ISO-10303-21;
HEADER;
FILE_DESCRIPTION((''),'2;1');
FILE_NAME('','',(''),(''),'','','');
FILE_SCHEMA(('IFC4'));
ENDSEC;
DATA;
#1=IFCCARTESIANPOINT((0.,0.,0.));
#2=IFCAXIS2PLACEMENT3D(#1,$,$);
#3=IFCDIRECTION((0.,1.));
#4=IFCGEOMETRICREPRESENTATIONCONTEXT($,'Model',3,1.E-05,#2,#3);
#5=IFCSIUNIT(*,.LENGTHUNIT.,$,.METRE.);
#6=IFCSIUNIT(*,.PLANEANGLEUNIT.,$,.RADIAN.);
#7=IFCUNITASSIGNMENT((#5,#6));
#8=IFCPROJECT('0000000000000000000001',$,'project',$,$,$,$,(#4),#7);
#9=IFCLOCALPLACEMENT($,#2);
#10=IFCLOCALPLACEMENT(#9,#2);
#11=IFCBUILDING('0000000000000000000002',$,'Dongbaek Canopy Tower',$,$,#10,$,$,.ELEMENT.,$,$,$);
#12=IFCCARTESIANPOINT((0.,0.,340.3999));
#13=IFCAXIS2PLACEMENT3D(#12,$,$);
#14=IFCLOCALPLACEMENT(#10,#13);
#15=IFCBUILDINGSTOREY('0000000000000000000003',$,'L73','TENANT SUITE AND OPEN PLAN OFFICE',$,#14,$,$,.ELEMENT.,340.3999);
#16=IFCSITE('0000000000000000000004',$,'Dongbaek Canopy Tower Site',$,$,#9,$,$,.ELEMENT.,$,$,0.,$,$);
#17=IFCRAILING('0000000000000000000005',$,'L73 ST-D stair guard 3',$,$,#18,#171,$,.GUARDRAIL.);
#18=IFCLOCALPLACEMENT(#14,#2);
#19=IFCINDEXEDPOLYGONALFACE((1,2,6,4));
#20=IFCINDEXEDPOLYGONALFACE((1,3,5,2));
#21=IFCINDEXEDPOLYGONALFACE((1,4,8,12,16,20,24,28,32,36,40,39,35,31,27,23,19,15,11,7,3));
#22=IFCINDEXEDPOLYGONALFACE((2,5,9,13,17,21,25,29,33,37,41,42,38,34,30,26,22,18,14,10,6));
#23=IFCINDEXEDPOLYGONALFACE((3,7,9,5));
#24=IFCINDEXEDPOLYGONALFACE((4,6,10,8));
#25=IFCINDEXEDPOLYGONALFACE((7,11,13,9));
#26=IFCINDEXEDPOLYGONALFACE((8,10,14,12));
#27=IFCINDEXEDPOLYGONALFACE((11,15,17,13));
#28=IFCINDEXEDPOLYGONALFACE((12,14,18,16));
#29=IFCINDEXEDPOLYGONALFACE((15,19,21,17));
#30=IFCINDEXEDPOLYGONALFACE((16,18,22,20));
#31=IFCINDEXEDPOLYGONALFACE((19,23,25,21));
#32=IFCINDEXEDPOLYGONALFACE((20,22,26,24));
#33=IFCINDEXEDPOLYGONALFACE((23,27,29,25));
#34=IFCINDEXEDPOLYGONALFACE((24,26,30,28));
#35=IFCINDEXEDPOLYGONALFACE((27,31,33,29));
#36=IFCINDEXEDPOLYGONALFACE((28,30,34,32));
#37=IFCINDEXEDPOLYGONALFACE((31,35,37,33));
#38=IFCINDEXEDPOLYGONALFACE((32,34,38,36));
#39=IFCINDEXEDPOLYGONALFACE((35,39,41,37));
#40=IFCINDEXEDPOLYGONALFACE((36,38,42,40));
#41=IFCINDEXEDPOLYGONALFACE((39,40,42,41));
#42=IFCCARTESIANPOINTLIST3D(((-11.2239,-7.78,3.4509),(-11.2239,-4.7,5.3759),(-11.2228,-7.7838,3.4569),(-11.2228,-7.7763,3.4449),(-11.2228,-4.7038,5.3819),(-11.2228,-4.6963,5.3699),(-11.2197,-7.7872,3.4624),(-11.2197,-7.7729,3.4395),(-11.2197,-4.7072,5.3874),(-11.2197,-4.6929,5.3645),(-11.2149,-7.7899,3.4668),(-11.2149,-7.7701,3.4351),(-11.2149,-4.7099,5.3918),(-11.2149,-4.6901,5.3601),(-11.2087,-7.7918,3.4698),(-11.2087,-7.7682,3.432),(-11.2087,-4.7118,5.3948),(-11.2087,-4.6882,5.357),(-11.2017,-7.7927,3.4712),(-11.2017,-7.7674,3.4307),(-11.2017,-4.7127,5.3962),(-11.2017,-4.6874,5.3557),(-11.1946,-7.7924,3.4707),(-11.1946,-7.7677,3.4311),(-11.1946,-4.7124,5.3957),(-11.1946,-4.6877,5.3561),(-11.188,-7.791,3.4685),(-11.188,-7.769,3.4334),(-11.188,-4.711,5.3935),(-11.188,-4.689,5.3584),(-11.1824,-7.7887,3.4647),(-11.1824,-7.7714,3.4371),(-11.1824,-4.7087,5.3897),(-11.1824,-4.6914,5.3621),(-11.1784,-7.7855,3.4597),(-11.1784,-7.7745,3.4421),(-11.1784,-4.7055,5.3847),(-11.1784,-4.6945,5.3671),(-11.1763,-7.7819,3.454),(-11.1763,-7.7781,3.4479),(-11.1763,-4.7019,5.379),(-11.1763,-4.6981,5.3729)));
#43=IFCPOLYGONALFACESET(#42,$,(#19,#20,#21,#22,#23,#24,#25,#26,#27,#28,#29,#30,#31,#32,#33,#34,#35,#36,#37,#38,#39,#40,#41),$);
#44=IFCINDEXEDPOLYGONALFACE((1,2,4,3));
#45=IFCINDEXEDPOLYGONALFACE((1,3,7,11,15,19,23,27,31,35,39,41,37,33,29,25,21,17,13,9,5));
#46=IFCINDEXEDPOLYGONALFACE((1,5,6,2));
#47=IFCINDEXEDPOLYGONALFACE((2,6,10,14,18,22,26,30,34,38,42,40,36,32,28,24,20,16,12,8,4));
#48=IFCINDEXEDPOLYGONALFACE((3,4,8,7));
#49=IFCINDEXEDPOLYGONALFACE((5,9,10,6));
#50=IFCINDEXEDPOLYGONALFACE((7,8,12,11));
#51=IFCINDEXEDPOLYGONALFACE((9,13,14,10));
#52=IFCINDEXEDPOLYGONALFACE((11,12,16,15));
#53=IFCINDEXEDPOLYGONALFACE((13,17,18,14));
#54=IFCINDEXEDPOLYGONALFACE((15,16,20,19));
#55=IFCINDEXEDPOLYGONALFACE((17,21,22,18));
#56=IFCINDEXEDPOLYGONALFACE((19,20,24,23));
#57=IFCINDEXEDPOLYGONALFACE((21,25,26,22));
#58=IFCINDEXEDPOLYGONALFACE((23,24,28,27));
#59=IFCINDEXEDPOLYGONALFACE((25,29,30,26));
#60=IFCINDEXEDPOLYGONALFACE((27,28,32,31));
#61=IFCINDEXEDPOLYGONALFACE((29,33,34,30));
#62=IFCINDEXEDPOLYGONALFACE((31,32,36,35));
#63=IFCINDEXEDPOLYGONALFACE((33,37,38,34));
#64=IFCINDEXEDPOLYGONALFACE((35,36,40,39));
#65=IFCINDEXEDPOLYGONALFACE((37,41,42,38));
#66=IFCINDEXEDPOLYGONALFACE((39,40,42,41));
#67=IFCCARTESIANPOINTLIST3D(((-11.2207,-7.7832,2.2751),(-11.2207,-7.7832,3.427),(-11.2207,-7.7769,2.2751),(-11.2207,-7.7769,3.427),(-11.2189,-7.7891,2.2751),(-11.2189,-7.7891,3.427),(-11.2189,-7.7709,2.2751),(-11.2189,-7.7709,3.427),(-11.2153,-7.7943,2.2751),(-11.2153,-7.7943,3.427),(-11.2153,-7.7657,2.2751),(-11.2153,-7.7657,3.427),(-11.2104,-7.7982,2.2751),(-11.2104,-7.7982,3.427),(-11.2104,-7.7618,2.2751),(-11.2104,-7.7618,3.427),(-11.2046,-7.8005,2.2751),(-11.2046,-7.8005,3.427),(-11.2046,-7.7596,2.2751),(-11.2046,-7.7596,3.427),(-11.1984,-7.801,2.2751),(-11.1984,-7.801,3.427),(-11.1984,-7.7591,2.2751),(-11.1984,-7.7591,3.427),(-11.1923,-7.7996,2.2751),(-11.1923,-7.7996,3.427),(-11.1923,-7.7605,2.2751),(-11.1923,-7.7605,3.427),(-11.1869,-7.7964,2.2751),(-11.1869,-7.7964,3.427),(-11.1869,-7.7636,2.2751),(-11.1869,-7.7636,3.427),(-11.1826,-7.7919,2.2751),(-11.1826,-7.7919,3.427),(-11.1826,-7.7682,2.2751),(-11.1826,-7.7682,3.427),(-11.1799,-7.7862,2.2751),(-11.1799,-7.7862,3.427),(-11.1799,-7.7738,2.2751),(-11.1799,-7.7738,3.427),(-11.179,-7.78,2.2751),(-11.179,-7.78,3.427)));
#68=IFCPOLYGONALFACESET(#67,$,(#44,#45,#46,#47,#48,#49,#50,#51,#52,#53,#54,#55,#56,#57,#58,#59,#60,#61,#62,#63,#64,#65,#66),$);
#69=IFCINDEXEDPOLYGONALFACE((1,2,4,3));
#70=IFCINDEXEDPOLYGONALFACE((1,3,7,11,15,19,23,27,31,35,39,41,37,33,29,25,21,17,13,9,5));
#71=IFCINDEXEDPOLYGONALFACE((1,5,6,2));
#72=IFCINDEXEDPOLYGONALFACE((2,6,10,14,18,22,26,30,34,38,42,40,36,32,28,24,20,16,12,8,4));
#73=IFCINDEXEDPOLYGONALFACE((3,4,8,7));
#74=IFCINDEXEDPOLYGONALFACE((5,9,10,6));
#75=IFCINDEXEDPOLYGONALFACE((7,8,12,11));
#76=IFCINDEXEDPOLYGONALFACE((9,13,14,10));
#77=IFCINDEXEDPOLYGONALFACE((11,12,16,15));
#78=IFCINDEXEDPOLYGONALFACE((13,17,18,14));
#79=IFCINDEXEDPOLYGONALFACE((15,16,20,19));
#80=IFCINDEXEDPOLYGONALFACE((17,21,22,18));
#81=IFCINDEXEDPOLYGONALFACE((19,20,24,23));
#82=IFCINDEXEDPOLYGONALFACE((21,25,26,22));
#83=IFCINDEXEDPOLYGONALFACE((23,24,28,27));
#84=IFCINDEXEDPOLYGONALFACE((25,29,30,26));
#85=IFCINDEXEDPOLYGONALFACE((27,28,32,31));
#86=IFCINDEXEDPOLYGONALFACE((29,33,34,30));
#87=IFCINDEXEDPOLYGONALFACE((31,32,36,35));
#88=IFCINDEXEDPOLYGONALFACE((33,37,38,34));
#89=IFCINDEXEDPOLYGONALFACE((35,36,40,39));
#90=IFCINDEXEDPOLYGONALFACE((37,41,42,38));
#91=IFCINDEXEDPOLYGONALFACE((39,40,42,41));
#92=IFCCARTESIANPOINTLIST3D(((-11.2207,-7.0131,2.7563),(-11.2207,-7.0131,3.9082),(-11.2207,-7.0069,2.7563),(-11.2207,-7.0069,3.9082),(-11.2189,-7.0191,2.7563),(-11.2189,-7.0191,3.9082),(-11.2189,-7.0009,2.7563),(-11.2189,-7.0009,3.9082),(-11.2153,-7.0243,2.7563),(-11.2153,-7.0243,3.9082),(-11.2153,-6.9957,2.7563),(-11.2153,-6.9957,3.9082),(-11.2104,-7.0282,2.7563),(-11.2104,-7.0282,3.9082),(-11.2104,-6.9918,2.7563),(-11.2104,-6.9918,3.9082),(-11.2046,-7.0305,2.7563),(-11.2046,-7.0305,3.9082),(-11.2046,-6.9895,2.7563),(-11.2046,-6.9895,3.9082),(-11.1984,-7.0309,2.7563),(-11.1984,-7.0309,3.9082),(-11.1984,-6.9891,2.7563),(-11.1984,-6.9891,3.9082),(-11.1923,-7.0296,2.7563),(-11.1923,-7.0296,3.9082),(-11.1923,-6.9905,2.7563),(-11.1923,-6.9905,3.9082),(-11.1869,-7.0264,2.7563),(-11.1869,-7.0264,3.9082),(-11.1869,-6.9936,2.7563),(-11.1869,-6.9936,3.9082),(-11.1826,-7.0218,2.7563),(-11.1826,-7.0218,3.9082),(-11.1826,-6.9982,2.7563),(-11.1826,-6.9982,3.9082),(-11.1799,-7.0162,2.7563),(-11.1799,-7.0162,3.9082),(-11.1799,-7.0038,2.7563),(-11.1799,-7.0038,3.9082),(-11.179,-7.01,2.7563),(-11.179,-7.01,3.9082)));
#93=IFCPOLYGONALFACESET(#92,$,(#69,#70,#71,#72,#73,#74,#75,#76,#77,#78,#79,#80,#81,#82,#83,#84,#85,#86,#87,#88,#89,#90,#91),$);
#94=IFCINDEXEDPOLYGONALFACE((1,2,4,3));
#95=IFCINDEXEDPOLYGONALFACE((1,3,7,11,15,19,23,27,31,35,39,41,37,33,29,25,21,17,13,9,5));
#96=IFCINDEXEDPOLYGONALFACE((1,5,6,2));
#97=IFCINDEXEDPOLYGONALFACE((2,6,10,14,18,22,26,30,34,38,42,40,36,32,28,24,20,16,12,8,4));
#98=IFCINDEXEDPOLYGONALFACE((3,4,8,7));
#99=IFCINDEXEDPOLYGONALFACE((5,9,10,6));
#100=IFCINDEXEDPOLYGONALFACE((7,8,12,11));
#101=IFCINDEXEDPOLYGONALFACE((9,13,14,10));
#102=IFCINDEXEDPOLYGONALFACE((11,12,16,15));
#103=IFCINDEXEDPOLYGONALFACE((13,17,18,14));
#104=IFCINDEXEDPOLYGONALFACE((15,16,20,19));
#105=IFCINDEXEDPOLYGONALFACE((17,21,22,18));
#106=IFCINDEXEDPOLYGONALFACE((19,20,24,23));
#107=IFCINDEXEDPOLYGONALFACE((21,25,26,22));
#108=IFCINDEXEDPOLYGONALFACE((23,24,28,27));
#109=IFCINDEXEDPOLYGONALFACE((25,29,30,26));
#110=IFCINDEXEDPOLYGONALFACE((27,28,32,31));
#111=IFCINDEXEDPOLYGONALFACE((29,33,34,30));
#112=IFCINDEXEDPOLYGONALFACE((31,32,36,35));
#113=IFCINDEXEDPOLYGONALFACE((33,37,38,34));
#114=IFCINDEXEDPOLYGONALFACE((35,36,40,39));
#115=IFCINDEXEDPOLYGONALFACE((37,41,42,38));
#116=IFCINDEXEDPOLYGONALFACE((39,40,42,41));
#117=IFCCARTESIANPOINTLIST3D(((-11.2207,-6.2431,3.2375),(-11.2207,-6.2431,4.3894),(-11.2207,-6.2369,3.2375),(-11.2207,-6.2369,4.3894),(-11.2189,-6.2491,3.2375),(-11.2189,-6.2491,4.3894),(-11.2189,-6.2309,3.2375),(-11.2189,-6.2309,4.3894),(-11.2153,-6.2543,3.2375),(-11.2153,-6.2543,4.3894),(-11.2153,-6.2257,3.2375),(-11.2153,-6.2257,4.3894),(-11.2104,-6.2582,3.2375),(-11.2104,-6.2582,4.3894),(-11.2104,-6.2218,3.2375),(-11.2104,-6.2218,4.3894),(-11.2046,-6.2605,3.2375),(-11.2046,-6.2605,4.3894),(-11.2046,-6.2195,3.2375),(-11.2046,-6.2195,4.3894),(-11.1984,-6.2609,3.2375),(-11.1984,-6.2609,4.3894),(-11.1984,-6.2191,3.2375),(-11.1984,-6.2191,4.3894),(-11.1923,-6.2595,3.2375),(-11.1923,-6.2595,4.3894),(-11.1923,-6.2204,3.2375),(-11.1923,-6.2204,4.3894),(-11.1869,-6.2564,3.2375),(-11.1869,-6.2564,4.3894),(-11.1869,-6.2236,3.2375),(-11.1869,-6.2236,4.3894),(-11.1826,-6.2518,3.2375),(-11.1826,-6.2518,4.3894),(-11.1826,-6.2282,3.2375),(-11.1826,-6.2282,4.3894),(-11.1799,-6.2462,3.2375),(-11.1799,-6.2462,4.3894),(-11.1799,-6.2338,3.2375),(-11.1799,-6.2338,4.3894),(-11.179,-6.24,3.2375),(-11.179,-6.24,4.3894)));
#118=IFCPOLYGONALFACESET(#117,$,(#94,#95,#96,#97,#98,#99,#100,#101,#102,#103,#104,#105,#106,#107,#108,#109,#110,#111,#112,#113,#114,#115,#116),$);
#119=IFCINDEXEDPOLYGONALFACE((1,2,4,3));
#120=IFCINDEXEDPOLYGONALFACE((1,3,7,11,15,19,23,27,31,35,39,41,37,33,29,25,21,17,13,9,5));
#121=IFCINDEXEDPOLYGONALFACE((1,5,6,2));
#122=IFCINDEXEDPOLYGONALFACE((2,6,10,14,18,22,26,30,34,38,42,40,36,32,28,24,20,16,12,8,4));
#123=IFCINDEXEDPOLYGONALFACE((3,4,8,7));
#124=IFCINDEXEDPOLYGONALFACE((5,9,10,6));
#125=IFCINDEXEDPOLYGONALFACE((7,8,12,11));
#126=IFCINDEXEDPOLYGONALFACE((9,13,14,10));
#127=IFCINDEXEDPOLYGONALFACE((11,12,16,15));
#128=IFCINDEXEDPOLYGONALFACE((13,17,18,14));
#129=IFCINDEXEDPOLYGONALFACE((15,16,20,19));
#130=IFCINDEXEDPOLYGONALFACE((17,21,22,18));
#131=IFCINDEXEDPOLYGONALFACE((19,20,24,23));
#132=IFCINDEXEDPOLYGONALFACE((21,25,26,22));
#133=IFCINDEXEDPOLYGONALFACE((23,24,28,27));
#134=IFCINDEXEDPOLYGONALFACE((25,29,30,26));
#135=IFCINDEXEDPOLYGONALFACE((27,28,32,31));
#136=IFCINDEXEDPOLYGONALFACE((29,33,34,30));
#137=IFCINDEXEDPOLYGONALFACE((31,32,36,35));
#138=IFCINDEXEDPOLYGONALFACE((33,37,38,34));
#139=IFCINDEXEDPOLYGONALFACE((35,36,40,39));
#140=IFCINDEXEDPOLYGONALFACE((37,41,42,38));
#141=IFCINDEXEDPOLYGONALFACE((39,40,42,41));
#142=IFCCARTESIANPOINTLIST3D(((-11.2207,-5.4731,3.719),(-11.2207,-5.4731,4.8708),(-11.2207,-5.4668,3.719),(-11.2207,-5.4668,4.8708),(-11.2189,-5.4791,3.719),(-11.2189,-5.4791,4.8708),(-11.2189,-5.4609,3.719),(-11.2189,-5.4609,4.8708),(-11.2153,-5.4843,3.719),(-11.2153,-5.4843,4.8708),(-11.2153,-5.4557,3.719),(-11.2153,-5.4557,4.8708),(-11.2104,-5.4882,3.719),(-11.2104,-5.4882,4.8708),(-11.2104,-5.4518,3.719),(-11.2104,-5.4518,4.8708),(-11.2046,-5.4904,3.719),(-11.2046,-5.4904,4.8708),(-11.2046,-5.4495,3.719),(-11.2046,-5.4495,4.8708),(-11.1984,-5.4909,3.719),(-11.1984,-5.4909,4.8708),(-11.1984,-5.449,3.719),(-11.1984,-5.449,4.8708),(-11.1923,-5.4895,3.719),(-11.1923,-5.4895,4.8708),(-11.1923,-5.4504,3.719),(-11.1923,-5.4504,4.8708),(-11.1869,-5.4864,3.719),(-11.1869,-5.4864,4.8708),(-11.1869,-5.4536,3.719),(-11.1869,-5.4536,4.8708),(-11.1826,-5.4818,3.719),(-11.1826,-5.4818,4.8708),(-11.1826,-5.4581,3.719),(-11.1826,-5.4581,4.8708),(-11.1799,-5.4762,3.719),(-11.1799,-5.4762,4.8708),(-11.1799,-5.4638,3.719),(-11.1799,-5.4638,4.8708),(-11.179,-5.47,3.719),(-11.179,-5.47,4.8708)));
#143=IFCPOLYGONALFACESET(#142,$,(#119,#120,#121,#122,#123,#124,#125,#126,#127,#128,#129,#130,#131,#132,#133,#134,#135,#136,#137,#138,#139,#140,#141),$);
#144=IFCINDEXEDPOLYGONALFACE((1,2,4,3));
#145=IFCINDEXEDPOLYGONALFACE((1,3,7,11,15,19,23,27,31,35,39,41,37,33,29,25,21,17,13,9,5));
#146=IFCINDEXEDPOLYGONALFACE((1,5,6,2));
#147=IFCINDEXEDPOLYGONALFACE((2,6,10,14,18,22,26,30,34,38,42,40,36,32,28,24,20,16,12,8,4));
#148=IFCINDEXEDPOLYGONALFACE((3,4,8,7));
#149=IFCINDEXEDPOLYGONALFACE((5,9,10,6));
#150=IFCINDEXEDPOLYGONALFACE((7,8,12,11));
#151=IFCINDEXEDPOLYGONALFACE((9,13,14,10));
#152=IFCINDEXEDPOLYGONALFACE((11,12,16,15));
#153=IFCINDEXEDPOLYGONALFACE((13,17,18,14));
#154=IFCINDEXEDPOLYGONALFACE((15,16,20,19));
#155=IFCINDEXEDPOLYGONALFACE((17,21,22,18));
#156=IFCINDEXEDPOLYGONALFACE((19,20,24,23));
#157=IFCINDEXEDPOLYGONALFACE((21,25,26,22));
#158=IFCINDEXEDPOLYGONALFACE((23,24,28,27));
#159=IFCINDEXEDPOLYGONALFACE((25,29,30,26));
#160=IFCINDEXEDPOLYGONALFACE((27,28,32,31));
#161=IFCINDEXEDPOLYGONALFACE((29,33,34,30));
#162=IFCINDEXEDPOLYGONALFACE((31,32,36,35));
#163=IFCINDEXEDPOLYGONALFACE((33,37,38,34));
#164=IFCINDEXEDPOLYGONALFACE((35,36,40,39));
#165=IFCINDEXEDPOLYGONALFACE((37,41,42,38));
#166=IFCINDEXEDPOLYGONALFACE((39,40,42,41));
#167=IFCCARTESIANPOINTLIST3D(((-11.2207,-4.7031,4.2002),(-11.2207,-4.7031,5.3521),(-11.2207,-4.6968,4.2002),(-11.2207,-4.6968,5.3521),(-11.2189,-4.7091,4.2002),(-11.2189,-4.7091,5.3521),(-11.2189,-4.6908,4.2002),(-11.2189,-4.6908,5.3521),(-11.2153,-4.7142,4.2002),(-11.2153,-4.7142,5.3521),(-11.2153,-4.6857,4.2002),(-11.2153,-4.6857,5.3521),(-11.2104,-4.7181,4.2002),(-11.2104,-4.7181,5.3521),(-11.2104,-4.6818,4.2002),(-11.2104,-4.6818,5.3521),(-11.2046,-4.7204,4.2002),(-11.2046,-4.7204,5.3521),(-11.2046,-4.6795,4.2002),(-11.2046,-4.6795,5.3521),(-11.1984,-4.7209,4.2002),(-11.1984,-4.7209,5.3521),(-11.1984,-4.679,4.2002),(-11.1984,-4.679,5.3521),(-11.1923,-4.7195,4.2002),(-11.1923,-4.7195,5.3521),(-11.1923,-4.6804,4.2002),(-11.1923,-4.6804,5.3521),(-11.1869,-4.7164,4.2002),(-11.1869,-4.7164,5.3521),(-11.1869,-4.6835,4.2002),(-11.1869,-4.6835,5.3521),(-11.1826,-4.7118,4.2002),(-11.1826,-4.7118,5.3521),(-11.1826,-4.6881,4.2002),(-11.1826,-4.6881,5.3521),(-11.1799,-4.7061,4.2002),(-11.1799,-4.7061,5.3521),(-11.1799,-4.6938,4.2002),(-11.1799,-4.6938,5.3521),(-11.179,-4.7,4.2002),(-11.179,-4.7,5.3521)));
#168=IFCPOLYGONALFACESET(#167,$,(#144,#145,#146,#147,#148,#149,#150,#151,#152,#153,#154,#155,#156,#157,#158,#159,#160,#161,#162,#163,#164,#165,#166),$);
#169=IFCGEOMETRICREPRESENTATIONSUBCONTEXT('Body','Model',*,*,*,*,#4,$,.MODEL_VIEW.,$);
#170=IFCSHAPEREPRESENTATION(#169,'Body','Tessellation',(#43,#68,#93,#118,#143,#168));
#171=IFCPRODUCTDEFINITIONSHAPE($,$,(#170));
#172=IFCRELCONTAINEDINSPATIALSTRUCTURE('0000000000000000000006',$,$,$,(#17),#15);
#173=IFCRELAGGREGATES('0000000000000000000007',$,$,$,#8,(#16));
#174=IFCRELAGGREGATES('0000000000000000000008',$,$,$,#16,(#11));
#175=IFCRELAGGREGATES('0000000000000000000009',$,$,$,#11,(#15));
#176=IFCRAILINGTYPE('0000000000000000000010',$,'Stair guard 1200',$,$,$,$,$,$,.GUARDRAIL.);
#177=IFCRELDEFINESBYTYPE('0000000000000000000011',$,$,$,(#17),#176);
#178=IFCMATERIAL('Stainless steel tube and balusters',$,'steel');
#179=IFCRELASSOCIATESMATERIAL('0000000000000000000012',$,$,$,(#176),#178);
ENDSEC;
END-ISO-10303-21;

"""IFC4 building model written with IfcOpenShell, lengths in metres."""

from ifc_helpers import new_model, si_unit, direction, frame, origin, origin_2d, place, context, subcontext, project, spatial, circle, extrude, material, type_object, element, save


model = new_model("IFC4")

# Units and contexts
model_context = context("Model", 3, precision=1e-05, world=origin(), true_north=direction((0.0, 1.0)))
body_context = subcontext(model_context, "Body", "Model", "MODEL_VIEW")
ifc_project = project(units=[si_unit("LENGTHUNIT", "METRE"), si_unit("PLANEANGLEUNIT", "RADIAN")], contexts=[model_context])

# Site, building, storey
site_placement = place(None, origin())
site = spatial("IfcSite", under=ifc_project, at=site_placement, Name="Dongbaek Canopy Tower Site", CompositionType="ELEMENT", RefElevation=0.0)
building_placement = place(site_placement, origin())
building = spatial("IfcBuilding", under=site, at=building_placement, Name="Dongbaek Canopy Tower", CompositionType="ELEMENT")
storey_placement = place(building_placement, frame((0.0, 0.0, 340.3999)))
storey = spatial("IfcBuildingStorey", under=building, at=storey_placement, Name="L73", Description="TENANT SUITE AND OPEN PLAN OFFICE", CompositionType="ELEMENT", Elevation=340.3999)

# Railing
ifc_material_1 = material(Name="Stainless steel tube and balusters", Category="steel")
railing_type_1 = type_object("IfcRailingType", Name="Stair guard 1200", PredefinedType="GUARDRAIL", material=ifc_material_1)
railing_1_placement = place(storey_placement, frame((-11.2, -7.78, 2.2751)))
element("IfcRailing", 1, at=railing_1_placement, inside=storey, type_object=railing_type_1, Name="L73 ST-D stair guard 3", PredefinedType="GUARDRAIL", context=body_context, shape_type="SweptSolid", body=[
    extrude(circle(Radius=0.0239, at=origin_2d()), frame((0.0, 0.0, 1.1758), z_axis=(0.0, 0.847998, 0.529999), x_axis=(-1.0, 0.0, 0.0)), (0.0, 0.0, 1.0), 3.6321),
    extrude(circle(Radius=0.021, at=origin_2d()), origin(), (0.0, 0.0, 1.0), 1.1519),
    extrude(circle(Radius=0.021, at=origin_2d()), frame((0.0, 0.77, 0.4812)), (0.0, 0.0, 1.0), 1.1519),
    extrude(circle(Radius=0.021, at=origin_2d()), frame((0.0, 1.54, 0.9624)), (0.0, 0.0, 1.0), 1.1519),
    extrude(circle(Radius=0.021, at=origin_2d()), frame((0.0, 2.3101, 1.4438)), (0.0, 0.0, 1.0), 1.1519),
    extrude(circle(Radius=0.021, at=origin_2d()), frame((0.0, 3.0801, 1.925)), (0.0, 0.0, 1.0), 1.1519),
])

save(model, "model.ifc")
